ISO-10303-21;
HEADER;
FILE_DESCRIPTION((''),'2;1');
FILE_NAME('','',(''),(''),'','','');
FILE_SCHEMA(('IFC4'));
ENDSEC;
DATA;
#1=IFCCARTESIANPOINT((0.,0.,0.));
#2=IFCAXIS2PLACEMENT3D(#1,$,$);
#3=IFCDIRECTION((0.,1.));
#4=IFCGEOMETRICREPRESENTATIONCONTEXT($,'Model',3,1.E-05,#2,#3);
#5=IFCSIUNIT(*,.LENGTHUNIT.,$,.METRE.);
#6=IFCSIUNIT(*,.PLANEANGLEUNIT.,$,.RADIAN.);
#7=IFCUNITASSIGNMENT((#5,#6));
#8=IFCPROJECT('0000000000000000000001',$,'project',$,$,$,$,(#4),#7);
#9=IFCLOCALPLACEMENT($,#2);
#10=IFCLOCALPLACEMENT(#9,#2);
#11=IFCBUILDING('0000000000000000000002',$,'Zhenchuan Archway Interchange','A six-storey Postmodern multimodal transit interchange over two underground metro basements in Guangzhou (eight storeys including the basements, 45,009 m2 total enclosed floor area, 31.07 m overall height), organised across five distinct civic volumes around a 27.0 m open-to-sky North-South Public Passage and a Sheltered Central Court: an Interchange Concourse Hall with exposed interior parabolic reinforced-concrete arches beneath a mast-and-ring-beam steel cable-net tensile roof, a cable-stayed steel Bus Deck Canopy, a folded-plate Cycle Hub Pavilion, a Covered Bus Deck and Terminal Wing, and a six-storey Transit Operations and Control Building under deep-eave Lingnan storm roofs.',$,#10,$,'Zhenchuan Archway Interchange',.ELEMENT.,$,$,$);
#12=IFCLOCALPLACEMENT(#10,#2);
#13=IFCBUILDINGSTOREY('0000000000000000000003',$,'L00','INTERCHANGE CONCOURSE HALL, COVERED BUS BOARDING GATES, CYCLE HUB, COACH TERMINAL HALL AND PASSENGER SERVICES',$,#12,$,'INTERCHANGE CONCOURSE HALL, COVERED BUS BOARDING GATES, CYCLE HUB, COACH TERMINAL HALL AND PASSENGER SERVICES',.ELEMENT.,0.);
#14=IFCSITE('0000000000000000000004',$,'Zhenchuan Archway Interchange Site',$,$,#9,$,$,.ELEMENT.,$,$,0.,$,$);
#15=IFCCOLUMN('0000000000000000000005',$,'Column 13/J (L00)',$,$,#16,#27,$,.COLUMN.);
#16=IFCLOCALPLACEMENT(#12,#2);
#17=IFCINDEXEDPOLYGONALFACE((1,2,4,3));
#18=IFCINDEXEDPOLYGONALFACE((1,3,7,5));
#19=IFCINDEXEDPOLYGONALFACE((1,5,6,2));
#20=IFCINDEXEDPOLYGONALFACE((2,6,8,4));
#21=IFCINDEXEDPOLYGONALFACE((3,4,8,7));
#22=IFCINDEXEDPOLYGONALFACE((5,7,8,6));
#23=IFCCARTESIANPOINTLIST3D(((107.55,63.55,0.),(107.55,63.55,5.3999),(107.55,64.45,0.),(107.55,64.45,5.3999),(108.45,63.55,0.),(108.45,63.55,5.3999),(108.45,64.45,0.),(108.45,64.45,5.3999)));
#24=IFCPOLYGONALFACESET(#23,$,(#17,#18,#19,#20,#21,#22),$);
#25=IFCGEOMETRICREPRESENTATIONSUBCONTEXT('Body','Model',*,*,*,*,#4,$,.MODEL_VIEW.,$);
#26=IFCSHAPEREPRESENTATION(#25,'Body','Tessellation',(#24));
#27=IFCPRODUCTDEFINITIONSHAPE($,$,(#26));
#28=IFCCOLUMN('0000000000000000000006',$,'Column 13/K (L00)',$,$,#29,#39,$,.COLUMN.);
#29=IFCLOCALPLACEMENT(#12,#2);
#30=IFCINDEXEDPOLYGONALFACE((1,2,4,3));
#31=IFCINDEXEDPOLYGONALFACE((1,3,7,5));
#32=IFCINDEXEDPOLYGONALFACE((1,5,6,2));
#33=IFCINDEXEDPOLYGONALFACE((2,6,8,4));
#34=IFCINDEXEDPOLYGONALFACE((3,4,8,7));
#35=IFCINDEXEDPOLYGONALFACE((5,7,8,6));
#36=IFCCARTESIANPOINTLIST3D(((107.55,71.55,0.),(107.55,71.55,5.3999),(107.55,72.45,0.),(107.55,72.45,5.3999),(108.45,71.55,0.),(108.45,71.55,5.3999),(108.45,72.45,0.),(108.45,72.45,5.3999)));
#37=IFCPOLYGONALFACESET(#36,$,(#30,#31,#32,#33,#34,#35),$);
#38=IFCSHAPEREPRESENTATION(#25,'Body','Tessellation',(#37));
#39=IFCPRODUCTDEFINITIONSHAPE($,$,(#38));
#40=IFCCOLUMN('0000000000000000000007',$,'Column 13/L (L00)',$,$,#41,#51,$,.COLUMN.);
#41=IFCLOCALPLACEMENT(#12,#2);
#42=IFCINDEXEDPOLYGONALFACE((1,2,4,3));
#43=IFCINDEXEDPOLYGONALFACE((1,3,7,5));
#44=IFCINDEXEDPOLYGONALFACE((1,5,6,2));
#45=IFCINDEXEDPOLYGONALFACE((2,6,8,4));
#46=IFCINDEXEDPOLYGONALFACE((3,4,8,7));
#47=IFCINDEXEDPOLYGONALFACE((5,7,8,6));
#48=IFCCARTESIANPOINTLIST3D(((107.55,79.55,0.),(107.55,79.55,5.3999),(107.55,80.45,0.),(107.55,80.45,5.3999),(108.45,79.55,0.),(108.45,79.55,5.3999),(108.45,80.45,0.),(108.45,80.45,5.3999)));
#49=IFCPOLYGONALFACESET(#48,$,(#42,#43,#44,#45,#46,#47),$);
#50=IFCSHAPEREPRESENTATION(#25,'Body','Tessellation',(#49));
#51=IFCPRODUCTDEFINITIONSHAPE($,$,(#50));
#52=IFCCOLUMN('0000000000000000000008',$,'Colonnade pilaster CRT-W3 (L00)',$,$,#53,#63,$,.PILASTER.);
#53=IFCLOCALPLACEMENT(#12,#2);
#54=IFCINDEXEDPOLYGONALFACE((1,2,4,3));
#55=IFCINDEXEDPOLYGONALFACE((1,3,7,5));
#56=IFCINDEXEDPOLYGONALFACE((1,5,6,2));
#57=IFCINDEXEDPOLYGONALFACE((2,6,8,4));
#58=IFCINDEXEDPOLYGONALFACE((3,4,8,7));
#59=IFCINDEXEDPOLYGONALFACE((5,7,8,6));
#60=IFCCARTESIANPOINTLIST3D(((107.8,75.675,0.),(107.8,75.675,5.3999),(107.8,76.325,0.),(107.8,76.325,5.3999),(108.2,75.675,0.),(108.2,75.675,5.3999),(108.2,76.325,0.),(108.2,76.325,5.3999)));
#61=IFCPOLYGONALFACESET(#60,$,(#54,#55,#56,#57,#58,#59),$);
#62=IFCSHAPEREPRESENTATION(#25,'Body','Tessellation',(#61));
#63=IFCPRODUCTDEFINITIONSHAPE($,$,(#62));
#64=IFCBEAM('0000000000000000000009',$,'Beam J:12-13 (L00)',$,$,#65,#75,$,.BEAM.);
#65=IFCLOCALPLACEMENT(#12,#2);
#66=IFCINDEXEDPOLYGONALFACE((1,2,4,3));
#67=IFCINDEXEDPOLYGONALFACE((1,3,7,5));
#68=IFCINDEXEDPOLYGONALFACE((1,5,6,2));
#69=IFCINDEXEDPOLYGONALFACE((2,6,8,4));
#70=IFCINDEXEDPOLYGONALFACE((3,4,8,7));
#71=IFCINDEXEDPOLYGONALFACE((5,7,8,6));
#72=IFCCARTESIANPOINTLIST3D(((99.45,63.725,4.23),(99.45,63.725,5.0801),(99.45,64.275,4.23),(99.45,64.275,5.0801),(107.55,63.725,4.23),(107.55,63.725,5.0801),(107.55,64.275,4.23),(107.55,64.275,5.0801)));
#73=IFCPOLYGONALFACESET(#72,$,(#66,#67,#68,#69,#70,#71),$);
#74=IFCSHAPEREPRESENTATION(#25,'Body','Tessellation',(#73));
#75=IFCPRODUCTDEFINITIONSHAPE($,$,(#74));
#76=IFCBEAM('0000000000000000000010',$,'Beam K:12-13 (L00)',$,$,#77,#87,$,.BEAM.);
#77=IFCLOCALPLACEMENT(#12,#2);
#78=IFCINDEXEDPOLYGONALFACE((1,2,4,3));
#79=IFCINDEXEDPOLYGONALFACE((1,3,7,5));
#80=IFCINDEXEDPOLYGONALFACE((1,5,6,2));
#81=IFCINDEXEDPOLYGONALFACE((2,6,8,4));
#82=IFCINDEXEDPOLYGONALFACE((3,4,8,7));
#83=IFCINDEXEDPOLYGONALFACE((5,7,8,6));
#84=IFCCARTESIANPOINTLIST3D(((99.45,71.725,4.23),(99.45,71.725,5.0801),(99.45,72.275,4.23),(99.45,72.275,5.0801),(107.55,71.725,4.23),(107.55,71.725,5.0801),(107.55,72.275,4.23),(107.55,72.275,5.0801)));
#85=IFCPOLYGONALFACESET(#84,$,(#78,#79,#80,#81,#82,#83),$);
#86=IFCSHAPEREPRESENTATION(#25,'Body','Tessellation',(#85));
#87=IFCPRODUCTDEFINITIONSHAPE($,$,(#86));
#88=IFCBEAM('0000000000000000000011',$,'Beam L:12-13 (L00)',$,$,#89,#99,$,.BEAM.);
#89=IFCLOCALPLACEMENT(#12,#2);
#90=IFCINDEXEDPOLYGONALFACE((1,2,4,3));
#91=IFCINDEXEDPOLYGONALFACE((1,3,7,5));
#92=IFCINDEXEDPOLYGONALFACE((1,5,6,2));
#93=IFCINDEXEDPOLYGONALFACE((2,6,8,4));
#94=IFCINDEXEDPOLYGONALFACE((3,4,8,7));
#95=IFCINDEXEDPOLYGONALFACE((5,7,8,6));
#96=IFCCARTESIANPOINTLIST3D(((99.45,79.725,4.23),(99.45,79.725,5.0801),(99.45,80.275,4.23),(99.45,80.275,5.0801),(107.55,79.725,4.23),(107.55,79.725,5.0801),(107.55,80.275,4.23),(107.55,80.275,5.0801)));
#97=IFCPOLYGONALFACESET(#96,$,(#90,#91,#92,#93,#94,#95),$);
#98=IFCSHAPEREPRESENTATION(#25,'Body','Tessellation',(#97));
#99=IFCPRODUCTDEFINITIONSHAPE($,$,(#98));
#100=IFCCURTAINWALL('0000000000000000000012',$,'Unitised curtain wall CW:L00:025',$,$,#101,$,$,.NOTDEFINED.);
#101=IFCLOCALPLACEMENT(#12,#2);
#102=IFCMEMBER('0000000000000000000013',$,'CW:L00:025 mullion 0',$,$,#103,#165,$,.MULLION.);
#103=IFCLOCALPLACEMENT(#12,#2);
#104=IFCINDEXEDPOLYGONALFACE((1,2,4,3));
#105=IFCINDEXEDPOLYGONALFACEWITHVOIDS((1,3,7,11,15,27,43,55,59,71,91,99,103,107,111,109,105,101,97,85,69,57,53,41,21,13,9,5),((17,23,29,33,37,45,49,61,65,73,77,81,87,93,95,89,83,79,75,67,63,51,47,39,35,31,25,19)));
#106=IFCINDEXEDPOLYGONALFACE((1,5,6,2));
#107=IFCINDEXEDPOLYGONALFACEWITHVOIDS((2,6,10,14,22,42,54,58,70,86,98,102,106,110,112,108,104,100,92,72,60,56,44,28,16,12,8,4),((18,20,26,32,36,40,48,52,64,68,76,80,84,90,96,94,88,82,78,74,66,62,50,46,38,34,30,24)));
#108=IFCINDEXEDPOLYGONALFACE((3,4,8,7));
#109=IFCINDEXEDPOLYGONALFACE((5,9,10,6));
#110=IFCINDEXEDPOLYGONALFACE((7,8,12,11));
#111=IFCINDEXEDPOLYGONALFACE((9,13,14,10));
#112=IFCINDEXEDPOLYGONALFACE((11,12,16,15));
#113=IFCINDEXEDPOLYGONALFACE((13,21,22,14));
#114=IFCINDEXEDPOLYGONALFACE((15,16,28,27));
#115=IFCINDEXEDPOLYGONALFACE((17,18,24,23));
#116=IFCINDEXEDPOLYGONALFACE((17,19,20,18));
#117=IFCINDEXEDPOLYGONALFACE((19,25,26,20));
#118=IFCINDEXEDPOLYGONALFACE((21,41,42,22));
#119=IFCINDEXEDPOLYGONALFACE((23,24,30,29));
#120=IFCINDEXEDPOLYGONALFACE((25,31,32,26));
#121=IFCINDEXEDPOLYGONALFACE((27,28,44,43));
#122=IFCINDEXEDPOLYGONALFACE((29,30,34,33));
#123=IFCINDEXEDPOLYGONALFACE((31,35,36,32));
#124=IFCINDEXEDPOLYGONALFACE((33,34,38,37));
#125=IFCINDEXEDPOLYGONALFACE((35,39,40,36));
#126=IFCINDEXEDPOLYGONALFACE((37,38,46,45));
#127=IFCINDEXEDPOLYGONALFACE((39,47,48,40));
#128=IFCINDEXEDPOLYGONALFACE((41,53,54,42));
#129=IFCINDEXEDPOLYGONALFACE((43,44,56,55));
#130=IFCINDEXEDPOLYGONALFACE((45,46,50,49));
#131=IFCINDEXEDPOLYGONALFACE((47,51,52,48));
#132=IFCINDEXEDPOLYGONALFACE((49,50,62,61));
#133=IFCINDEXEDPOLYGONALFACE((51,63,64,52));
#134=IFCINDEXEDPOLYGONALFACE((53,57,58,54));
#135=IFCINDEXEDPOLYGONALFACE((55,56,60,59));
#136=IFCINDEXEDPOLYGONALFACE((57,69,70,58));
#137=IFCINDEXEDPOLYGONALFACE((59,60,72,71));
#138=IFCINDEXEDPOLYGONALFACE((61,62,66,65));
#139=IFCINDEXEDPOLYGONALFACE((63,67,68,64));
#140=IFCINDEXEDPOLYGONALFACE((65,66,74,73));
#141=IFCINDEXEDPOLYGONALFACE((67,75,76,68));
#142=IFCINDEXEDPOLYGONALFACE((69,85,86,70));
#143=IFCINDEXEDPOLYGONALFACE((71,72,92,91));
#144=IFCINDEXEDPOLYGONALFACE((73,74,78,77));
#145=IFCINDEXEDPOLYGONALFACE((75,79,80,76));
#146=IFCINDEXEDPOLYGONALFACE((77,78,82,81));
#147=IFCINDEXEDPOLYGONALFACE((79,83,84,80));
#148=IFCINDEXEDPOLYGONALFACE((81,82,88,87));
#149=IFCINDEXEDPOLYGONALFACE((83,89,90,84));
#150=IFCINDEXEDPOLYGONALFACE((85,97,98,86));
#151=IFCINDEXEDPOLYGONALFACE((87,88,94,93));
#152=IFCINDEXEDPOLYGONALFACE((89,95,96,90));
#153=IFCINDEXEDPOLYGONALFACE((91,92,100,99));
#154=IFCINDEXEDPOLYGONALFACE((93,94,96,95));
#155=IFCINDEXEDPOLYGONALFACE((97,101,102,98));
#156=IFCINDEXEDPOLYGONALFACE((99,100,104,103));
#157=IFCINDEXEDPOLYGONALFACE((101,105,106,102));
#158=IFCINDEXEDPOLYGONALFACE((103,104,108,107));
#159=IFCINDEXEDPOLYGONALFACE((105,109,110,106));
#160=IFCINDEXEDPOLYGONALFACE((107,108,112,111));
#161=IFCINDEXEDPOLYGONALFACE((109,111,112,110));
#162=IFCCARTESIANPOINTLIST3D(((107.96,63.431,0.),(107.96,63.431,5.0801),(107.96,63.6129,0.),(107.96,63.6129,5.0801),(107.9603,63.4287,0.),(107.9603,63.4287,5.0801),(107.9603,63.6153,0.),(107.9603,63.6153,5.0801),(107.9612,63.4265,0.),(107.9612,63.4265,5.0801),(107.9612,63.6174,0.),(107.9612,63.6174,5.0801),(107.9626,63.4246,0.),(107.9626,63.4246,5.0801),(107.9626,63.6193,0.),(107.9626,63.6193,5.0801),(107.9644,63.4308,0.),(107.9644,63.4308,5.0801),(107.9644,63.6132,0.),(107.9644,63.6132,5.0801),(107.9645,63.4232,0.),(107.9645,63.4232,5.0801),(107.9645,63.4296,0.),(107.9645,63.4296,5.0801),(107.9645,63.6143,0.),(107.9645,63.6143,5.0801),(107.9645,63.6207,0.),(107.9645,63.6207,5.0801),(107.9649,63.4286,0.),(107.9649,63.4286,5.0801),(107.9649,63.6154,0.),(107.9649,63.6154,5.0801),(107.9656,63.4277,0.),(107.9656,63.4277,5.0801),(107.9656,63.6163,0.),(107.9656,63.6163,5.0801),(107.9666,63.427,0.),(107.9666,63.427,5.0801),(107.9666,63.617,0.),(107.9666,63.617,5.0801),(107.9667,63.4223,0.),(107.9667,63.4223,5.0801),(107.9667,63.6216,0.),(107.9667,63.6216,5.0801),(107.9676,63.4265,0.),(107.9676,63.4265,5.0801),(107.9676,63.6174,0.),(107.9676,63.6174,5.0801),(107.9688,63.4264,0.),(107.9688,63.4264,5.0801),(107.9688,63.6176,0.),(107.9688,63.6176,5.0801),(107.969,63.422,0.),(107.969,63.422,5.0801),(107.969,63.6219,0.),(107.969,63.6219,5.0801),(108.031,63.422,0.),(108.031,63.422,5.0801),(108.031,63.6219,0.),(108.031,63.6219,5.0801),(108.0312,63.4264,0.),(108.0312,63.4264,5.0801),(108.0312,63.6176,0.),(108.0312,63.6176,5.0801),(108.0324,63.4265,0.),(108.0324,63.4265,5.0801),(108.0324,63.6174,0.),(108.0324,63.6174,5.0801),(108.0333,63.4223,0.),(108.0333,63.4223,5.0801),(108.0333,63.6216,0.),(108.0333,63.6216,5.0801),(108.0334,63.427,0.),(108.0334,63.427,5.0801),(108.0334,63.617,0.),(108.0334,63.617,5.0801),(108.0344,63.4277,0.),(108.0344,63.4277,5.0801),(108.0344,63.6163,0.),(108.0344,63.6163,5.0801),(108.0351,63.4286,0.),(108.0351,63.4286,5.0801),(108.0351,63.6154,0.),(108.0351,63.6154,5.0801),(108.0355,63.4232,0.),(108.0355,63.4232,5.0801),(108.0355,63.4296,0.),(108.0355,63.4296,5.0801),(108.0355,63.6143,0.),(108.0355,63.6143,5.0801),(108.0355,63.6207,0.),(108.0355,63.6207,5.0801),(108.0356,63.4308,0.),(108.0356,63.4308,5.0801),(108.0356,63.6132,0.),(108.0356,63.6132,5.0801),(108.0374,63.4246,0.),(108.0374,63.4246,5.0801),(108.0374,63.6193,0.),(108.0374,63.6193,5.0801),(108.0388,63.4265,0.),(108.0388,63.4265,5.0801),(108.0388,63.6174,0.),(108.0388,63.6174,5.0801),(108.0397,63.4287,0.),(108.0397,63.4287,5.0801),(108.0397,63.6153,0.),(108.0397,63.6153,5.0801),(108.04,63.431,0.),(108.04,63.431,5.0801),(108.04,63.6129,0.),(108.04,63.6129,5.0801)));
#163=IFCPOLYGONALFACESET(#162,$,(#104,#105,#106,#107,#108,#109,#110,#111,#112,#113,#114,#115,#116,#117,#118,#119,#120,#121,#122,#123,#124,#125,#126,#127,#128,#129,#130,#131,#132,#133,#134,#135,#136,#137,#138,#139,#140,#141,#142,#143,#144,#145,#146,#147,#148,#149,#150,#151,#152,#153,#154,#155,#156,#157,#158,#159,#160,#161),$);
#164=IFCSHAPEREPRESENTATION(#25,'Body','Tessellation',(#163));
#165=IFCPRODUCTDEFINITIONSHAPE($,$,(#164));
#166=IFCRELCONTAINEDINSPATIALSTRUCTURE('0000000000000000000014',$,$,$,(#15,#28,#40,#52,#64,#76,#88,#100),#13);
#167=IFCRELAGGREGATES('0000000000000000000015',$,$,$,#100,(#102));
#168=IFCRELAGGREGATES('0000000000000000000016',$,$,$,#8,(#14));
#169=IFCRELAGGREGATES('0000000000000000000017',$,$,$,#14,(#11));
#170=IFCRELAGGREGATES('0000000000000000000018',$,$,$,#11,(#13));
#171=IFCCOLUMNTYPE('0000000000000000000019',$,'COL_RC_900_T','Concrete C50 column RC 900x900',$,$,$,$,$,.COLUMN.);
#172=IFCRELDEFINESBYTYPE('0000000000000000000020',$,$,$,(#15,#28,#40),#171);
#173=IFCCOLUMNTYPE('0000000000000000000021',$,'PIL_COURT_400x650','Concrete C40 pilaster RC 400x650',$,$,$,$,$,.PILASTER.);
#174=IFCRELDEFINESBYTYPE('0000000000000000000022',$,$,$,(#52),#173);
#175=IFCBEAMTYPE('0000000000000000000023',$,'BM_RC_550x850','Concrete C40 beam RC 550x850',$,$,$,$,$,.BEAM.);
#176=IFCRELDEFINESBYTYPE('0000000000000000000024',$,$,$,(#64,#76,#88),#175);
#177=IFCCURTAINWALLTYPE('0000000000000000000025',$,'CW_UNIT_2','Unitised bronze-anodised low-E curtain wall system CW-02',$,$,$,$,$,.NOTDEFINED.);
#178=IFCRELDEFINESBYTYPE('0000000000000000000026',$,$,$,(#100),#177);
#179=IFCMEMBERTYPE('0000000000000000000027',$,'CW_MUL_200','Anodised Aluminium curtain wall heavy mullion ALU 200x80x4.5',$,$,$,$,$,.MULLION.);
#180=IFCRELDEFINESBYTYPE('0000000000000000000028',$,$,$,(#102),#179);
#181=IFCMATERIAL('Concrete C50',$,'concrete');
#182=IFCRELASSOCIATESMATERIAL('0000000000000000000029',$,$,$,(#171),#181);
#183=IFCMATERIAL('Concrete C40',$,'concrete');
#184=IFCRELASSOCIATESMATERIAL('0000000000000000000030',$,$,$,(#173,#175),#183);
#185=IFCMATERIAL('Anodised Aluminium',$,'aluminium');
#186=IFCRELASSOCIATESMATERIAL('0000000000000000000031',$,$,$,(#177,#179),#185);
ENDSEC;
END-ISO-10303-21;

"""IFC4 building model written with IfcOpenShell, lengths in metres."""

from ifc_helpers import new_model, si_unit, direction, frame, origin, origin_2d, place, context, subcontext, project, spatial, rectangle, hollow_rectangle, extrude, material, material_profile, profile_set, type_object, element, aggregate, save


model = new_model("IFC4")

# Units and contexts
model_context = context("Model", 3, precision=1e-05, world=origin(), true_north=direction((0.0, 1.0)))
body_context = subcontext(model_context, "Body", "Model", "MODEL_VIEW")
ifc_project = project(units=[si_unit("LENGTHUNIT", "METRE"), si_unit("PLANEANGLEUNIT", "RADIAN")], contexts=[model_context])

# Site, building, storey
site_placement = place(None, origin())
site = spatial("IfcSite", under=ifc_project, at=site_placement, Name="Zhenchuan Archway Interchange Site", CompositionType="ELEMENT", RefElevation=0.0)
building_placement = place(site_placement, origin())
building = spatial("IfcBuilding", under=site, at=building_placement, Name="Zhenchuan Archway Interchange", Description="A six-storey Postmodern multimodal transit interchange over two underground metro basements in Guangzhou (eight storeys including the basements, 45,009 m2 total enclosed floor area, 31.07 m overall height), organised across five distinct civic volumes around a 27.0 m open-to-sky North-South Public Passage and a Sheltered Central Court: an Interchange Concourse Hall with exposed interior parabolic reinforced-concrete arches beneath a mast-and-ring-beam steel cable-net tensile roof, a cable-stayed steel Bus Deck Canopy, a folded-plate Cycle Hub Pavilion, a Covered Bus Deck and Terminal Wing, and a six-storey Transit Operations and Control Building under deep-eave Lingnan storm roofs.", LongName="Zhenchuan Archway Interchange", CompositionType="ELEMENT")
storey_placement = place(building_placement, origin())
storey = spatial("IfcBuildingStorey", under=building, at=storey_placement, Name="L00", Description="INTERCHANGE CONCOURSE HALL, COVERED BUS BOARDING GATES, CYCLE HUB, COACH TERMINAL HALL AND PASSENGER SERVICES", LongName="INTERCHANGE CONCOURSE HALL, COVERED BUS BOARDING GATES, CYCLE HUB, COACH TERMINAL HALL AND PASSENGER SERVICES", CompositionType="ELEMENT", Elevation=0.0)

# Columns
ifc_material_1 = material(Name="Concrete C50", Category="concrete")
ifc_material_profile_1 = material_profile(ifc_material_1, rectangle(XDim=0.8999, YDim=0.8999, at=origin_2d()), Name="RC 900x900")
ifc_profile_set_1 = profile_set([ifc_material_profile_1], Name="Concrete C50")
column_type_1 = type_object("IfcColumnType", Name="COL_RC_900_T", Description="Concrete C50 column RC 900x900", PredefinedType="COLUMN", material=ifc_profile_set_1)
for number, where, z_axis, x_axis, name in (
    (1, (108.0, 64.0, 0.0), (0.0, 0.0, 1.0), (1.0, 0.0, 0.0), "Column 13/J (L00)"),
    (2, (108.0, 72.0, 0.0), (0.0, 0.0, 1.0), (1.0, 0.0, 0.0), "Column 13/K (L00)"),
    (3, (108.0, 80.0, 0.0), (0.0, 0.0, 1.0), (1.0, 0.0, 0.0), "Column 13/L (L00)"),
):
    element("IfcColumn", number, at=place(storey_placement, frame(where, z_axis=z_axis, x_axis=x_axis)), inside=storey, type_object=column_type_1, Name=name, PredefinedType="COLUMN", context=body_context, shape_type="SweptSolid", body=[
        extrude(rectangle(XDim=0.8999, YDim=0.8999, at=origin_2d()), origin(), (0.0, 0.0, 1.0), 5.3999),
    ])
ifc_material_2 = material(Name="Concrete C40", Category="concrete")
ifc_material_profile_2 = material_profile(ifc_material_2, rectangle(XDim=0.3999, YDim=0.6499, at=origin_2d()), Name="RC 400x650")
ifc_profile_set_2 = profile_set([ifc_material_profile_2], Name="Concrete C40")
column_type_2 = type_object("IfcColumnType", Name="PIL_COURT_400x650", Description="Concrete C40 pilaster RC 400x650", PredefinedType="PILASTER", material=ifc_profile_set_2)
column_placement = place(storey_placement, frame((108.0, 76.0, 0.0), z_axis=(0.0, 0.0, 1.0), x_axis=(1.0, 0.0, 0.0)))
element("IfcColumn", 4, at=column_placement, inside=storey, type_object=column_type_2, Name="Colonnade pilaster CRT-W3 (L00)", PredefinedType="PILASTER", context=body_context, shape_type="SweptSolid", body=[
    extrude(rectangle(XDim=0.3999, YDim=0.6499, at=origin_2d()), origin(), (0.0, 0.0, 1.0), 5.3999),
])

# Beams
ifc_material_profile_3 = material_profile(ifc_material_2, rectangle(XDim=0.55, YDim=0.8501, at=origin_2d()), Name="RC 550x850")
ifc_profile_set_3 = profile_set([ifc_material_profile_3], Name="Concrete C40")
beam_type_1 = type_object("IfcBeamType", Name="BM_RC_550x850", Description="Concrete C40 beam RC 550x850", PredefinedType="BEAM", material=ifc_profile_set_3)
for number, where, z_axis, x_axis, name in (
    (5, (99.45, 64.0, 4.655), (1.0, 0.0, 0.0), (0.0, 1.0, 0.0), "Beam J:12-13 (L00)"),
    (6, (99.45, 72.0, 4.655), (1.0, 0.0, 0.0), (0.0, 1.0, 0.0), "Beam K:12-13 (L00)"),
    (7, (99.45, 80.0, 4.655), (1.0, 0.0, 0.0), (0.0, 1.0, 0.0), "Beam L:12-13 (L00)"),
):
    element("IfcBeam", number, at=place(storey_placement, frame(where, z_axis=z_axis, x_axis=x_axis)), inside=storey, type_object=beam_type_1, Name=name, PredefinedType="BEAM", context=body_context, shape_type="SweptSolid", body=[
        extrude(rectangle(XDim=0.55, YDim=0.8501, at=origin_2d()), origin(), (0.0, 0.0, 1.0), 8.1001),
    ])

# Curtain wall, member
ifc_material_3 = material(Name="Anodised Aluminium", Category="aluminium")
curtain_wall_type = type_object("IfcCurtainWallType", Name="CW_UNIT_2", Description="Unitised bronze-anodised low-E curtain wall system CW-02", PredefinedType="NOTDEFINED", material=ifc_material_3)
curtain_wall_placement = place(storey_placement, origin())
curtain_wall = element("IfcCurtainWall", 8, at=curtain_wall_placement, inside=storey, type_object=curtain_wall_type, Name="Unitised curtain wall CW:L00:025", PredefinedType="NOTDEFINED")
ifc_material_profile_4 = material_profile(ifc_material_3, hollow_rectangle(XDim=0.0801, YDim=0.2, WallThickness=0.0044, InnerFilletRadius=0.0044, OuterFilletRadius=0.009, at=origin_2d()), Name="ALU 200x80x4.5")
ifc_profile_set_4 = profile_set([ifc_material_profile_4], Name="Anodised Aluminium")
member_type_1 = type_object("IfcMemberType", Name="CW_MUL_200", Description="Anodised Aluminium curtain wall heavy mullion ALU 200x80x4.5", PredefinedType="MULLION", material=ifc_profile_set_4)
member_1_placement = place(storey_placement, frame((108.0, 63.522, 0.0), z_axis=(0.0, 0.0, 1.0), x_axis=(1.0, 0.0, 0.0)))
member_1 = element("IfcMember", 9, at=member_1_placement, type_object=member_type_1, Name="CW:L00:025 mullion 0", PredefinedType="MULLION", context=body_context, shape_type="SweptSolid", body=[
    extrude(hollow_rectangle(XDim=0.0801, YDim=0.2, WallThickness=0.0044, InnerFilletRadius=0.0044, OuterFilletRadius=0.009, at=origin_2d()), origin(), (0.0, 0.0, 1.0), 5.0801),
])
aggregate(curtain_wall, [member_1])

save(model, "model.ifc")
